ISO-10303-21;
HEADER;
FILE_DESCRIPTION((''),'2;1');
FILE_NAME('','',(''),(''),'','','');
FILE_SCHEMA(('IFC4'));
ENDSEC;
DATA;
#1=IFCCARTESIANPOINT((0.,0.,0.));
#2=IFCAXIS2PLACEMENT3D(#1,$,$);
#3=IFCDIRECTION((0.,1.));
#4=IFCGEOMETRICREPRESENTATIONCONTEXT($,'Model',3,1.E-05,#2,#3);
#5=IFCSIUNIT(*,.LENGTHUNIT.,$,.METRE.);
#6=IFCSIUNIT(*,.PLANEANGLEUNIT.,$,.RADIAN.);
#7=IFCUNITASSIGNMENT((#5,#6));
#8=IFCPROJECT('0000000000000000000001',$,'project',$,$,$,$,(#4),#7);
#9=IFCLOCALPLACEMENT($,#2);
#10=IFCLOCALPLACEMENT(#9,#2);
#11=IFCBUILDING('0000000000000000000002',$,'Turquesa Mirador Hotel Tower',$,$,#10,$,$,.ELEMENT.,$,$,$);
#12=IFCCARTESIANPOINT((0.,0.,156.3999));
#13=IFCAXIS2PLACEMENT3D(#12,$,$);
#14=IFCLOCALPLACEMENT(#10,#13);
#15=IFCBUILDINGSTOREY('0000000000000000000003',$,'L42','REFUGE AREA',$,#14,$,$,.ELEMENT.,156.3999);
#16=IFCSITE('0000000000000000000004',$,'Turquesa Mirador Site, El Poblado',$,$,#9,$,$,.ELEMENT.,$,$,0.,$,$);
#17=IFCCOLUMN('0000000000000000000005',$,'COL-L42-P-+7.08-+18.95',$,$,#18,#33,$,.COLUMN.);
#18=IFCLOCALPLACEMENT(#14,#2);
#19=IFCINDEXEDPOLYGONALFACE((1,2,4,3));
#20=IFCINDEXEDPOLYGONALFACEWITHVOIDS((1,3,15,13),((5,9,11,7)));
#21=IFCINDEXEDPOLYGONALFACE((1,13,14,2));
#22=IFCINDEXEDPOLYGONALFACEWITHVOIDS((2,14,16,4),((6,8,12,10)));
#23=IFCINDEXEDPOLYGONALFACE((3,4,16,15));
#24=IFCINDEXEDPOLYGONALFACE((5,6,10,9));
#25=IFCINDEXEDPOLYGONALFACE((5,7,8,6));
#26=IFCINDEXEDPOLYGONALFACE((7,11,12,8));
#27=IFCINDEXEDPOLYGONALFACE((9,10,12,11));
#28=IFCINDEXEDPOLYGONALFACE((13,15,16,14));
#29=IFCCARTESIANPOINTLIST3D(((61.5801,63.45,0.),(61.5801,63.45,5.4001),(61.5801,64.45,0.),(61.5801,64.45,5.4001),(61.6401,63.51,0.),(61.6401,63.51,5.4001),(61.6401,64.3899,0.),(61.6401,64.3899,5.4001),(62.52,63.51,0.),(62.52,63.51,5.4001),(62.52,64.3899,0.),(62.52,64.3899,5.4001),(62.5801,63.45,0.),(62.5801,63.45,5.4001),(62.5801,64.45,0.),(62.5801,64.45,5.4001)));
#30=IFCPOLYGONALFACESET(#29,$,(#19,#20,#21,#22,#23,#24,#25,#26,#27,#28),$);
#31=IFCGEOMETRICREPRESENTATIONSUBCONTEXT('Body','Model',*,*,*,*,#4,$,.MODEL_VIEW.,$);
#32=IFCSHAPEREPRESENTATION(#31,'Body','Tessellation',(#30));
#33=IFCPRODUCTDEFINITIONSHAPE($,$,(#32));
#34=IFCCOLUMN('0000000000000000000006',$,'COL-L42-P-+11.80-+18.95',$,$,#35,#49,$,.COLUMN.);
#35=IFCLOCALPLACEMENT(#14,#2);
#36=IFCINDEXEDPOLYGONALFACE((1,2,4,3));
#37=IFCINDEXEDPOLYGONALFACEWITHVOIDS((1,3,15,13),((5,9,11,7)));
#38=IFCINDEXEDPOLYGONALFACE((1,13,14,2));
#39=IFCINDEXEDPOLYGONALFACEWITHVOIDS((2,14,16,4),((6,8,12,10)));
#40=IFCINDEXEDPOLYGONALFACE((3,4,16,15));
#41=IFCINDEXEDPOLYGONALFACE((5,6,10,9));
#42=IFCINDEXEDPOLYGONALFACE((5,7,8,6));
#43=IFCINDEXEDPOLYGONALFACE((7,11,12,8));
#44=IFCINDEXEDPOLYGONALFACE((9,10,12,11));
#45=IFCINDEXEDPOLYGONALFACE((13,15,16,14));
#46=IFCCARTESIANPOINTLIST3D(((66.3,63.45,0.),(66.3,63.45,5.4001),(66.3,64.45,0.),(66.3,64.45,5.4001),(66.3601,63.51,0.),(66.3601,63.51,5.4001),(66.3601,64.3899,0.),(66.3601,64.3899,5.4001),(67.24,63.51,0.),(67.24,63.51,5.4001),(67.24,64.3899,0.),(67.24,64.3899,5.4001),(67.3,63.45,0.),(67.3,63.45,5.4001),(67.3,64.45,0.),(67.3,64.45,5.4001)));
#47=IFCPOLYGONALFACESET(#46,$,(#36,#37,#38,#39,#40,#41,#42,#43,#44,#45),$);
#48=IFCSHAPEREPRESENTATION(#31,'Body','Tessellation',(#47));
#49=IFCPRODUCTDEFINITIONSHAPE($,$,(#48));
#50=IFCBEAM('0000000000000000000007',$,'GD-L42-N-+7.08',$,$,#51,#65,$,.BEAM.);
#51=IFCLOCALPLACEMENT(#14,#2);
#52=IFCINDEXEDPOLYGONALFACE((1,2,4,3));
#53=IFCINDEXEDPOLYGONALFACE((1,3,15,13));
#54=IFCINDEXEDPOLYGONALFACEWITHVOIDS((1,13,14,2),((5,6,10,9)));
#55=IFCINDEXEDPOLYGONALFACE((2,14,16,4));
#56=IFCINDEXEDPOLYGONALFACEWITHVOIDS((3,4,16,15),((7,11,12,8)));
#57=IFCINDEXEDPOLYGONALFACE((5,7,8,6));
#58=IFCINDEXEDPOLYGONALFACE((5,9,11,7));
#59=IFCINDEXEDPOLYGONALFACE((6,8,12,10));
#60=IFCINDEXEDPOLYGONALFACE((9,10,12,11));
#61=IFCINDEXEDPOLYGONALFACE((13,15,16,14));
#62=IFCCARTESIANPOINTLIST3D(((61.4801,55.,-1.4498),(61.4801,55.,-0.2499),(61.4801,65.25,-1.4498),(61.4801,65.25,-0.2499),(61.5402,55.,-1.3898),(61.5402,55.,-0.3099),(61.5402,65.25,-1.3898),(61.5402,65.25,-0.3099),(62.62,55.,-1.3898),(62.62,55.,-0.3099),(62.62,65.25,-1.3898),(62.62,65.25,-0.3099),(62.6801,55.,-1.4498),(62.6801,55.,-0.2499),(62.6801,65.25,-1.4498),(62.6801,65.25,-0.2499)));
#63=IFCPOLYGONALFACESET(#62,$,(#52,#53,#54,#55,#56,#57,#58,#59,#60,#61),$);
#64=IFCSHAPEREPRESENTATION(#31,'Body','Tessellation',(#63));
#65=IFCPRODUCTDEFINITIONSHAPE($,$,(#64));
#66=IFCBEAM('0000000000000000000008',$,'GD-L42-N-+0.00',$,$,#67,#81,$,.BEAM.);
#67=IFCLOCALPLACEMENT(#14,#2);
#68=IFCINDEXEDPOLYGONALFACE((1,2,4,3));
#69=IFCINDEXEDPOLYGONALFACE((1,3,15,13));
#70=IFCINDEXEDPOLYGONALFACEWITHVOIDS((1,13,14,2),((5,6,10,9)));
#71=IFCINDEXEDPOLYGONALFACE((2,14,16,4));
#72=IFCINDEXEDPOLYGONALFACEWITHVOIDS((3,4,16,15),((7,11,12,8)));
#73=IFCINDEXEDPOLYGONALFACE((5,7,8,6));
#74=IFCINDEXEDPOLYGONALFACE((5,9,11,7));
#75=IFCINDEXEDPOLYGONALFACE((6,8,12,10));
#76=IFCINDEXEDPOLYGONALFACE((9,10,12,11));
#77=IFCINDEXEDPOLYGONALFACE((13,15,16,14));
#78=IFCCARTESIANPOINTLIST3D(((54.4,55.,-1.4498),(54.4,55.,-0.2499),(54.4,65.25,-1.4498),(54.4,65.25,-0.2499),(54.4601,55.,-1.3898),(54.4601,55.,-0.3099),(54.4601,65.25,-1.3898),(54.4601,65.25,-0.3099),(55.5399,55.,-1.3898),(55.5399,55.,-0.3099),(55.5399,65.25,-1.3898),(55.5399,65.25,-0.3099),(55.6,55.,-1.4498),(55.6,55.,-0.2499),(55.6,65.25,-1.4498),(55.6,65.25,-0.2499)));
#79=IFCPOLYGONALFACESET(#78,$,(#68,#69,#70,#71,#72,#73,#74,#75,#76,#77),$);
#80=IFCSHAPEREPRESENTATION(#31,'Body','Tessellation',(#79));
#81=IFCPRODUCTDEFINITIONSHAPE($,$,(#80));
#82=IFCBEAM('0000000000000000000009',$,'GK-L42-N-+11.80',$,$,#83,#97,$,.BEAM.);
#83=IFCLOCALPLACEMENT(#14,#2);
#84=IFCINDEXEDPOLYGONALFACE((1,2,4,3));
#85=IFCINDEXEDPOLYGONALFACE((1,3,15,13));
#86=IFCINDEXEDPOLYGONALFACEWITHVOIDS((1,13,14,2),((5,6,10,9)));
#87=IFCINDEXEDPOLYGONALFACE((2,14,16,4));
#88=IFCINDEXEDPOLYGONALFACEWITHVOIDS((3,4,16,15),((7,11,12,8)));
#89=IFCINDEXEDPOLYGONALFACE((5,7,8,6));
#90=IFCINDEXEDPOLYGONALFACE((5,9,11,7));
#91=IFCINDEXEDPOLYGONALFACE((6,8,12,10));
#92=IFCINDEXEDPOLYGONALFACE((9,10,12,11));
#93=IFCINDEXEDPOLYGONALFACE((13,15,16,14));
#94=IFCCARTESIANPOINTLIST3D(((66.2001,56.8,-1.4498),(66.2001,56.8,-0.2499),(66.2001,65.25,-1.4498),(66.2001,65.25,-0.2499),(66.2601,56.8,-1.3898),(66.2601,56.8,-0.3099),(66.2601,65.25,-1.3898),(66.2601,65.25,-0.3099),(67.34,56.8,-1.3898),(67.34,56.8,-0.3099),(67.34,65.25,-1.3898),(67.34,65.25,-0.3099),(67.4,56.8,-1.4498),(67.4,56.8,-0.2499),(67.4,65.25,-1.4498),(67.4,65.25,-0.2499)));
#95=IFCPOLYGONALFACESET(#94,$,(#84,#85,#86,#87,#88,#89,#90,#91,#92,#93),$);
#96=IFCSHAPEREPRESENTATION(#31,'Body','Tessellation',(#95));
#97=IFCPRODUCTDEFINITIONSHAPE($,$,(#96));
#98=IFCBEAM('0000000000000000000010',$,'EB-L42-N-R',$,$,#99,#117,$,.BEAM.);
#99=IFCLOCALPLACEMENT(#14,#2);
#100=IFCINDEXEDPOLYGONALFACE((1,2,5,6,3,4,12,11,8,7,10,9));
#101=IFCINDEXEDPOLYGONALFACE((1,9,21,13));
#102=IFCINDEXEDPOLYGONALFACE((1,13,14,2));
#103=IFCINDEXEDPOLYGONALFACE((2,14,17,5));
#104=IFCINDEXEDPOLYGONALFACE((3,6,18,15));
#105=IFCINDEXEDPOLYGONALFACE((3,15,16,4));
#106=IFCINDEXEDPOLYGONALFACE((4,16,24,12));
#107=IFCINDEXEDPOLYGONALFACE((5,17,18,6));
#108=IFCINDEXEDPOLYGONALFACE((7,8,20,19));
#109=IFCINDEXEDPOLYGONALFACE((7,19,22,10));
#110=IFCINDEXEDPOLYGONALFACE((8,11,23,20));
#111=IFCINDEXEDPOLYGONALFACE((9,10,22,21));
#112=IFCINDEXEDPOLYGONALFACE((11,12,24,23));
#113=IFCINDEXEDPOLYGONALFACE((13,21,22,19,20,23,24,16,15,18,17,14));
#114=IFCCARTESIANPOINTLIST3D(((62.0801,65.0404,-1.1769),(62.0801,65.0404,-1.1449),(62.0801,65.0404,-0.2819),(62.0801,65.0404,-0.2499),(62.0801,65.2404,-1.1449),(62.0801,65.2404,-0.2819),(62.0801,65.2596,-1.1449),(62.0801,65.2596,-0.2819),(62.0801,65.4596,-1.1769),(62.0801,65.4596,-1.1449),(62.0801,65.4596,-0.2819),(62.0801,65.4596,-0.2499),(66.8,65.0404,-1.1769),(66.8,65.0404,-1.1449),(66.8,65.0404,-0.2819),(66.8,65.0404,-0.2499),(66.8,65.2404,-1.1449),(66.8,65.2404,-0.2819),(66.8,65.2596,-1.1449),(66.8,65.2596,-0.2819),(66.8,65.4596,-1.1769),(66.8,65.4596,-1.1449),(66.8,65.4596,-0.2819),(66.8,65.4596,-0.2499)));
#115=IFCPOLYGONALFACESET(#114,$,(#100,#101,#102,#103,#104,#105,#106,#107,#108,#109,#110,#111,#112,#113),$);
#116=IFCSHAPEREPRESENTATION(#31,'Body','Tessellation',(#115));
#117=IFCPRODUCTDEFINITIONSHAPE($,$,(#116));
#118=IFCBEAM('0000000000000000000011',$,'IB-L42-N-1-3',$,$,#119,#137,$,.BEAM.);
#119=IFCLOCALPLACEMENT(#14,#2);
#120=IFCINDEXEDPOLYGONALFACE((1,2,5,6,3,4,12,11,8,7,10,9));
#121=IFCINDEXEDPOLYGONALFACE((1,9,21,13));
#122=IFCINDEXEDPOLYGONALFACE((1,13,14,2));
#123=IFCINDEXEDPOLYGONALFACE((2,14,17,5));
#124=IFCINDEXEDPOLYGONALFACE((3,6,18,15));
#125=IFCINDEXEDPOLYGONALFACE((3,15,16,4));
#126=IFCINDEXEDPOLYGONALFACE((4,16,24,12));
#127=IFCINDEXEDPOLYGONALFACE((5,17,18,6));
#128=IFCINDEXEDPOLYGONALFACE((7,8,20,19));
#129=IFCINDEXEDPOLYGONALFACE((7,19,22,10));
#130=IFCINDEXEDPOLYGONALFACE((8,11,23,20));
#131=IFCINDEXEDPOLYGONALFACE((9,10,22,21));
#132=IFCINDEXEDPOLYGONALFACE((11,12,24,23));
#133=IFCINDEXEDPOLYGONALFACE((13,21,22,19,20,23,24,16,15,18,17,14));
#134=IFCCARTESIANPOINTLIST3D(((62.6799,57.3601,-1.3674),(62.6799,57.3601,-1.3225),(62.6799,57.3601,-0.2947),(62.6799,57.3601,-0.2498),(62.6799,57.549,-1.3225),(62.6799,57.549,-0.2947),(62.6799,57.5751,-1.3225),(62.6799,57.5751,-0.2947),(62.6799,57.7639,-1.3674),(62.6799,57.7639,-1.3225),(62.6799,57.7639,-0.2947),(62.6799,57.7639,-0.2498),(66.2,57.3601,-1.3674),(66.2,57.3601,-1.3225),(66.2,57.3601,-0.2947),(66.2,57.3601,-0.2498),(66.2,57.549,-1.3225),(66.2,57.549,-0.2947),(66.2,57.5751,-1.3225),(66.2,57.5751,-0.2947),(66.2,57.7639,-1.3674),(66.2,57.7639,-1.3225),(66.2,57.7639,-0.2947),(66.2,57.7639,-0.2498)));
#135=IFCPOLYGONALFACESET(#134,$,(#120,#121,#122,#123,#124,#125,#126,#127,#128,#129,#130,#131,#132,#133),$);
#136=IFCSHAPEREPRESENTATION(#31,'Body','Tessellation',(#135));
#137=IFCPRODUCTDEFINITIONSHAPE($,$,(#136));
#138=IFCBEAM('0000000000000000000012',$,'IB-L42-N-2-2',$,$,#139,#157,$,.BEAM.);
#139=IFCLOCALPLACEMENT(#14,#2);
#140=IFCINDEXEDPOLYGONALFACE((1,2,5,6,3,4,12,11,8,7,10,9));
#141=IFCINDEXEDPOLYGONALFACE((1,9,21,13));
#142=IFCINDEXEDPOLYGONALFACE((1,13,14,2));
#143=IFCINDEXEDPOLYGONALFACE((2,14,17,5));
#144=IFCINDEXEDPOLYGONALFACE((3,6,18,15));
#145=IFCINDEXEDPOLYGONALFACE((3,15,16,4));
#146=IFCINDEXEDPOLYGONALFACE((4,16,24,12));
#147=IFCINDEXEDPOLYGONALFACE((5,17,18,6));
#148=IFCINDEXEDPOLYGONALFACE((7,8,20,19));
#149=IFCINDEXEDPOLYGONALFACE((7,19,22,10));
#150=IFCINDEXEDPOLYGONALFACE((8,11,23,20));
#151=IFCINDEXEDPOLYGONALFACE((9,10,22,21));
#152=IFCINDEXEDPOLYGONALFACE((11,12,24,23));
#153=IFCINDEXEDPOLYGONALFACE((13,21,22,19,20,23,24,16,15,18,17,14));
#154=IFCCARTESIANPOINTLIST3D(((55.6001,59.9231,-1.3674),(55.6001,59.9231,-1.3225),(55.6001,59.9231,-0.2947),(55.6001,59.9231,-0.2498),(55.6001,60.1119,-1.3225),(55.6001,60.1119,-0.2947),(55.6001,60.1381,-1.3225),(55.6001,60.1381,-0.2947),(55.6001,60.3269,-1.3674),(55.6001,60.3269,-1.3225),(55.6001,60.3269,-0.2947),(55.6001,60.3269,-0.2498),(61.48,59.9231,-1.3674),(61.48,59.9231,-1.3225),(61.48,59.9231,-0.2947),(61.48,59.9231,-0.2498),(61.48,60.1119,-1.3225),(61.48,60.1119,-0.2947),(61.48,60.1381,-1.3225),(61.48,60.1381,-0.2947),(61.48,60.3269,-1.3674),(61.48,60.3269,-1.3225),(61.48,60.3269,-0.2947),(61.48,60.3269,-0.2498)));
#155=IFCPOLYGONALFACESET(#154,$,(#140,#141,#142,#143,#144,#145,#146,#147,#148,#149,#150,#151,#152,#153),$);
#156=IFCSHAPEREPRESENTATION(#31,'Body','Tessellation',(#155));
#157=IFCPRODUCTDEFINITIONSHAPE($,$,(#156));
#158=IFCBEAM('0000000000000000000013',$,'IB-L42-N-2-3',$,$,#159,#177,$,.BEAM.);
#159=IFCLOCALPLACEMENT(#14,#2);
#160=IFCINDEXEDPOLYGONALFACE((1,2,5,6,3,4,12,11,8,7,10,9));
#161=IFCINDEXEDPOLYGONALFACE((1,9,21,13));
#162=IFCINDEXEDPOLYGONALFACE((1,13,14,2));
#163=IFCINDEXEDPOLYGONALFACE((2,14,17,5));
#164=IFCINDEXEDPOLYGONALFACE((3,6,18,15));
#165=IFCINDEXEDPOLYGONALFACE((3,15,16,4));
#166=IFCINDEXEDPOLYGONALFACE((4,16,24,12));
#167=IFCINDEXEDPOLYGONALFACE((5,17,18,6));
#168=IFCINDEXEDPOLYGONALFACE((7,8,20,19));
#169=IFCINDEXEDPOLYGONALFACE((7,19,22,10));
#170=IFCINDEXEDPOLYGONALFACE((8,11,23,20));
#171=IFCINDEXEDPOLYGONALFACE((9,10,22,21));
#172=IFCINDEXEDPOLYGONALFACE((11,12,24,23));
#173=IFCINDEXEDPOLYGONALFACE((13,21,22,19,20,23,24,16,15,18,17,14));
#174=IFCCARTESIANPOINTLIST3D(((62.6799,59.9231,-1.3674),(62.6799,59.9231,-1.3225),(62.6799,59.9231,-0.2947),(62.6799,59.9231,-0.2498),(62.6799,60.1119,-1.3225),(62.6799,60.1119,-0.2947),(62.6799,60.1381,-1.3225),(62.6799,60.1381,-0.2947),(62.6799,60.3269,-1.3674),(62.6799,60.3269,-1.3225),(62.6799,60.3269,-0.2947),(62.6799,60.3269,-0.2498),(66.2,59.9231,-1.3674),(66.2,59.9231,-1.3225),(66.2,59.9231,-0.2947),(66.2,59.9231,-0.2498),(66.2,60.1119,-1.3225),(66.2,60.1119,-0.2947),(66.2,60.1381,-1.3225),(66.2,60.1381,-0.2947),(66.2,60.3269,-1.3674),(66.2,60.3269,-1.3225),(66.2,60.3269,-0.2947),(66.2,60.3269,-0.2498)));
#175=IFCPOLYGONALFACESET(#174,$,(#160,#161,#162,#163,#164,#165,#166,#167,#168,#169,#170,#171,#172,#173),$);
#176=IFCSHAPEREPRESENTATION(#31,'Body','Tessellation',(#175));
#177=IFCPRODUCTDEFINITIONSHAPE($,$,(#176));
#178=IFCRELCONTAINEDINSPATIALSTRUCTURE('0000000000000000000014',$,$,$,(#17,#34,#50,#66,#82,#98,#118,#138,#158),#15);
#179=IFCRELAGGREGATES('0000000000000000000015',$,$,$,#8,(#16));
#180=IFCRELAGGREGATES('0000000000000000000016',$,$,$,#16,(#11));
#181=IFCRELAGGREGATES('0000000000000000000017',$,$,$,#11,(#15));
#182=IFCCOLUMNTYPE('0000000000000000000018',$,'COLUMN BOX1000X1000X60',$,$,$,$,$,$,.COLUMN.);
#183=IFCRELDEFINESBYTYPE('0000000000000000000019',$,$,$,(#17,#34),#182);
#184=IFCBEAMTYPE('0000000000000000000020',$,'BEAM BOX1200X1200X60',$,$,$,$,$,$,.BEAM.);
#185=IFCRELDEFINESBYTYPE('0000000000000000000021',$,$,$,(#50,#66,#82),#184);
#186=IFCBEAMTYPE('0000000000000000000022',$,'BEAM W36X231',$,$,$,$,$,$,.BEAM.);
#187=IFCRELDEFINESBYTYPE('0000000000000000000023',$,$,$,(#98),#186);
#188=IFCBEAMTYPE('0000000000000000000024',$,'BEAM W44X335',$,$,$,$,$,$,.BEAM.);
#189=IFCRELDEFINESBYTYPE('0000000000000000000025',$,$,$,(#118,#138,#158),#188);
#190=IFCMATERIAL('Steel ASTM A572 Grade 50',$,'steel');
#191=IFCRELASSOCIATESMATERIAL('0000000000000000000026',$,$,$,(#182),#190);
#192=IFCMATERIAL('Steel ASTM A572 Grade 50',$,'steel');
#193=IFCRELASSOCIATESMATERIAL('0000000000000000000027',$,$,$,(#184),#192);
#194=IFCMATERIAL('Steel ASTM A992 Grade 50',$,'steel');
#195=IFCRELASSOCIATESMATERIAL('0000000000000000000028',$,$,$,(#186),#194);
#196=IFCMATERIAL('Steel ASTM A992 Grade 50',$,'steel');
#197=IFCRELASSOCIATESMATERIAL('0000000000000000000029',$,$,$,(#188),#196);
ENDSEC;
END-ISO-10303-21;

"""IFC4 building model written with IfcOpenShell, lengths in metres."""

from ifc_helpers import new_model, si_unit, direction, frame, origin, origin_2d, place, context, subcontext, project, spatial, hollow_rectangle, i_section, extrude, material, material_profile, profile_set, type_object, element, save


model = new_model("IFC4")

# Units and contexts
model_context = context("Model", 3, precision=1e-05, world=origin(), true_north=direction((0.0, 1.0)))
body_context = subcontext(model_context, "Body", "Model", "MODEL_VIEW")
ifc_project = project(units=[si_unit("LENGTHUNIT", "METRE"), si_unit("PLANEANGLEUNIT", "RADIAN")], contexts=[model_context])

# Site, building, storey
site_placement = place(None, origin())
site = spatial("IfcSite", under=ifc_project, at=site_placement, Name="Turquesa Mirador Site, El Poblado", CompositionType="ELEMENT", RefElevation=0.0)
building_placement = place(site_placement, origin())
building = spatial("IfcBuilding", under=site, at=building_placement, Name="Turquesa Mirador Hotel Tower", CompositionType="ELEMENT")
storey_placement = place(building_placement, frame((0.0, 0.0, 156.3999)))
storey = spatial("IfcBuildingStorey", under=building, at=storey_placement, Name="L42", Description="REFUGE AREA", CompositionType="ELEMENT", Elevation=156.3999)

# Columns
ifc_material_1 = material(Name="Steel ASTM A572 Grade 50", Category="steel")
ifc_material_profile_1 = material_profile(ifc_material_1, hollow_rectangle(XDim=1.0, YDim=1.0, WallThickness=0.0601, at=origin_2d()), Name="BOX1000X1000X60")
ifc_profile_set_1 = profile_set([ifc_material_profile_1], Name="Steel ASTM A572 Grade 50")
column_type = type_object("IfcColumnType", Name="COLUMN BOX1000X1000X60", PredefinedType="COLUMN", material=ifc_profile_set_1)
for number, where, z_axis, x_axis, name in (
    (1, (62.0801, 63.95, 0.0), (0.0, 0.0, 1.0), (1.0, 0.0, 0.0), "COL-L42-P-+7.08-+18.95"),
    (2, (66.8, 63.95, 0.0), (0.0, 0.0, 1.0), (1.0, 0.0, 0.0), "COL-L42-P-+11.80-+18.95"),
):
    element("IfcColumn", number, at=place(storey_placement, frame(where, z_axis=z_axis, x_axis=x_axis)), inside=storey, type_object=column_type, Name=name, PredefinedType="COLUMN", context=body_context, shape_type="SweptSolid", body=[
        extrude(hollow_rectangle(XDim=1.0, YDim=1.0, WallThickness=0.0601, at=origin_2d()), origin(), (0.0, 0.0, 1.0), 5.4001),
    ])

# Beams
ifc_material_2 = material(Name="Steel ASTM A572 Grade 50", Category="steel")
ifc_material_profile_2 = material_profile(ifc_material_2, hollow_rectangle(XDim=1.2, YDim=1.2, WallThickness=0.0601, at=origin_2d()), Name="BOX1200X1200X60")
ifc_profile_set_2 = profile_set([ifc_material_profile_2], Name="Steel ASTM A572 Grade 50")
beam_type_1 = type_object("IfcBeamType", Name="BEAM BOX1200X1200X60", PredefinedType="BEAM", material=ifc_profile_set_2)
for number, where, z_axis, x_axis, name in (
    (3, (62.0801, 65.25, -0.8499), (0.0, -1.0, 0.0), (1.0, 0.0, 0.0), "GD-L42-N-+7.08"),
    (4, (55.0, 65.25, -0.8499), (0.0, -1.0, 0.0), (1.0, 0.0, 0.0), "GD-L42-N-+0.00"),
):
    element("IfcBeam", number, at=place(storey_placement, frame(where, z_axis=z_axis, x_axis=x_axis)), inside=storey, type_object=beam_type_1, Name=name, PredefinedType="BEAM", context=body_context, shape_type="SweptSolid", body=[
        extrude(hollow_rectangle(XDim=1.2, YDim=1.2, WallThickness=0.0601, at=origin_2d()), origin(), (0.0, 0.0, 1.0), 10.25),
    ])
beam_1_placement = place(storey_placement, frame((66.8, 65.25, -0.8499), z_axis=(0.0, -1.0, 0.0), x_axis=(1.0, 0.0, 0.0)))
element("IfcBeam", 5, at=beam_1_placement, inside=storey, type_object=beam_type_1, Name="GK-L42-N-+11.80", PredefinedType="BEAM", context=body_context, shape_type="SweptSolid", body=[
    extrude(hollow_rectangle(XDim=1.2, YDim=1.2, WallThickness=0.0601, at=origin_2d()), origin(), (0.0, 0.0, 1.0), 8.45),
])
ifc_material_3 = material(Name="Steel ASTM A992 Grade 50", Category="steel")
ifc_material_profile_3 = material_profile(ifc_material_3, i_section(OverallWidth=0.4192, OverallDepth=0.927, WebThickness=0.0193, FlangeThickness=0.032, at=origin_2d()), Name="W36X231")
ifc_profile_set_3 = profile_set([ifc_material_profile_3], Name="Steel ASTM A992 Grade 50")
beam_type_2 = type_object("IfcBeamType", Name="BEAM W36X231", PredefinedType="BEAM", material=ifc_profile_set_3)
beam_2_placement = place(storey_placement, frame((62.0801, 65.25, -0.7134), z_axis=(1.0, 0.0, 0.0), x_axis=(0.0, 1.0, 0.0)))
element("IfcBeam", 6, at=beam_2_placement, inside=storey, type_object=beam_type_2, Name="EB-L42-N-R", PredefinedType="BEAM", context=body_context, shape_type="SweptSolid", body=[
    extrude(i_section(OverallWidth=0.4192, OverallDepth=0.927, WebThickness=0.0193, FlangeThickness=0.032, at=origin_2d()), origin(), (0.0, 0.0, 1.0), 4.72),
])
ifc_material_4 = material(Name="Steel ASTM A992 Grade 50", Category="steel")
ifc_material_profile_4 = material_profile(ifc_material_4, i_section(OverallWidth=0.4038, OverallDepth=1.1177, WebThickness=0.0261, FlangeThickness=0.0449, at=origin_2d()), Name="W44X335")
ifc_profile_set_4 = profile_set([ifc_material_profile_4], Name="Steel ASTM A992 Grade 50")
beam_type_3 = type_object("IfcBeamType", Name="BEAM W44X335", PredefinedType="BEAM", material=ifc_profile_set_4)
beam_3_placement = place(storey_placement, frame((62.6799, 57.562, -0.8086), z_axis=(1.0, 0.0, 0.0), x_axis=(0.0, 1.0, 0.0)))
element("IfcBeam", 7, at=beam_3_placement, inside=storey, type_object=beam_type_3, Name="IB-L42-N-1-3", PredefinedType="BEAM", context=body_context, shape_type="SweptSolid", body=[
    extrude(i_section(OverallWidth=0.4038, OverallDepth=1.1177, WebThickness=0.0261, FlangeThickness=0.0449, at=origin_2d()), origin(), (0.0, 0.0, 1.0), 3.52),
])
beam_4_placement = place(storey_placement, frame((55.6001, 60.125, -0.8086), z_axis=(1.0, 0.0, 0.0), x_axis=(0.0, 1.0, 0.0)))
element("IfcBeam", 8, at=beam_4_placement, inside=storey, type_object=beam_type_3, Name="IB-L42-N-2-2", PredefinedType="BEAM", context=body_context, shape_type="SweptSolid", body=[
    extrude(i_section(OverallWidth=0.4038, OverallDepth=1.1177, WebThickness=0.0261, FlangeThickness=0.0449, at=origin_2d()), origin(), (0.0, 0.0, 1.0), 5.8799),
])
beam_5_placement = place(storey_placement, frame((62.6799, 60.125, -0.8086), z_axis=(1.0, 0.0, 0.0), x_axis=(0.0, 1.0, 0.0)))
element("IfcBeam", 9, at=beam_5_placement, inside=storey, type_object=beam_type_3, Name="IB-L42-N-2-3", PredefinedType="BEAM", context=body_context, shape_type="SweptSolid", body=[
    extrude(i_section(OverallWidth=0.4038, OverallDepth=1.1177, WebThickness=0.0261, FlangeThickness=0.0449, at=origin_2d()), origin(), (0.0, 0.0, 1.0), 3.52),
])

save(model, "model.ifc")
